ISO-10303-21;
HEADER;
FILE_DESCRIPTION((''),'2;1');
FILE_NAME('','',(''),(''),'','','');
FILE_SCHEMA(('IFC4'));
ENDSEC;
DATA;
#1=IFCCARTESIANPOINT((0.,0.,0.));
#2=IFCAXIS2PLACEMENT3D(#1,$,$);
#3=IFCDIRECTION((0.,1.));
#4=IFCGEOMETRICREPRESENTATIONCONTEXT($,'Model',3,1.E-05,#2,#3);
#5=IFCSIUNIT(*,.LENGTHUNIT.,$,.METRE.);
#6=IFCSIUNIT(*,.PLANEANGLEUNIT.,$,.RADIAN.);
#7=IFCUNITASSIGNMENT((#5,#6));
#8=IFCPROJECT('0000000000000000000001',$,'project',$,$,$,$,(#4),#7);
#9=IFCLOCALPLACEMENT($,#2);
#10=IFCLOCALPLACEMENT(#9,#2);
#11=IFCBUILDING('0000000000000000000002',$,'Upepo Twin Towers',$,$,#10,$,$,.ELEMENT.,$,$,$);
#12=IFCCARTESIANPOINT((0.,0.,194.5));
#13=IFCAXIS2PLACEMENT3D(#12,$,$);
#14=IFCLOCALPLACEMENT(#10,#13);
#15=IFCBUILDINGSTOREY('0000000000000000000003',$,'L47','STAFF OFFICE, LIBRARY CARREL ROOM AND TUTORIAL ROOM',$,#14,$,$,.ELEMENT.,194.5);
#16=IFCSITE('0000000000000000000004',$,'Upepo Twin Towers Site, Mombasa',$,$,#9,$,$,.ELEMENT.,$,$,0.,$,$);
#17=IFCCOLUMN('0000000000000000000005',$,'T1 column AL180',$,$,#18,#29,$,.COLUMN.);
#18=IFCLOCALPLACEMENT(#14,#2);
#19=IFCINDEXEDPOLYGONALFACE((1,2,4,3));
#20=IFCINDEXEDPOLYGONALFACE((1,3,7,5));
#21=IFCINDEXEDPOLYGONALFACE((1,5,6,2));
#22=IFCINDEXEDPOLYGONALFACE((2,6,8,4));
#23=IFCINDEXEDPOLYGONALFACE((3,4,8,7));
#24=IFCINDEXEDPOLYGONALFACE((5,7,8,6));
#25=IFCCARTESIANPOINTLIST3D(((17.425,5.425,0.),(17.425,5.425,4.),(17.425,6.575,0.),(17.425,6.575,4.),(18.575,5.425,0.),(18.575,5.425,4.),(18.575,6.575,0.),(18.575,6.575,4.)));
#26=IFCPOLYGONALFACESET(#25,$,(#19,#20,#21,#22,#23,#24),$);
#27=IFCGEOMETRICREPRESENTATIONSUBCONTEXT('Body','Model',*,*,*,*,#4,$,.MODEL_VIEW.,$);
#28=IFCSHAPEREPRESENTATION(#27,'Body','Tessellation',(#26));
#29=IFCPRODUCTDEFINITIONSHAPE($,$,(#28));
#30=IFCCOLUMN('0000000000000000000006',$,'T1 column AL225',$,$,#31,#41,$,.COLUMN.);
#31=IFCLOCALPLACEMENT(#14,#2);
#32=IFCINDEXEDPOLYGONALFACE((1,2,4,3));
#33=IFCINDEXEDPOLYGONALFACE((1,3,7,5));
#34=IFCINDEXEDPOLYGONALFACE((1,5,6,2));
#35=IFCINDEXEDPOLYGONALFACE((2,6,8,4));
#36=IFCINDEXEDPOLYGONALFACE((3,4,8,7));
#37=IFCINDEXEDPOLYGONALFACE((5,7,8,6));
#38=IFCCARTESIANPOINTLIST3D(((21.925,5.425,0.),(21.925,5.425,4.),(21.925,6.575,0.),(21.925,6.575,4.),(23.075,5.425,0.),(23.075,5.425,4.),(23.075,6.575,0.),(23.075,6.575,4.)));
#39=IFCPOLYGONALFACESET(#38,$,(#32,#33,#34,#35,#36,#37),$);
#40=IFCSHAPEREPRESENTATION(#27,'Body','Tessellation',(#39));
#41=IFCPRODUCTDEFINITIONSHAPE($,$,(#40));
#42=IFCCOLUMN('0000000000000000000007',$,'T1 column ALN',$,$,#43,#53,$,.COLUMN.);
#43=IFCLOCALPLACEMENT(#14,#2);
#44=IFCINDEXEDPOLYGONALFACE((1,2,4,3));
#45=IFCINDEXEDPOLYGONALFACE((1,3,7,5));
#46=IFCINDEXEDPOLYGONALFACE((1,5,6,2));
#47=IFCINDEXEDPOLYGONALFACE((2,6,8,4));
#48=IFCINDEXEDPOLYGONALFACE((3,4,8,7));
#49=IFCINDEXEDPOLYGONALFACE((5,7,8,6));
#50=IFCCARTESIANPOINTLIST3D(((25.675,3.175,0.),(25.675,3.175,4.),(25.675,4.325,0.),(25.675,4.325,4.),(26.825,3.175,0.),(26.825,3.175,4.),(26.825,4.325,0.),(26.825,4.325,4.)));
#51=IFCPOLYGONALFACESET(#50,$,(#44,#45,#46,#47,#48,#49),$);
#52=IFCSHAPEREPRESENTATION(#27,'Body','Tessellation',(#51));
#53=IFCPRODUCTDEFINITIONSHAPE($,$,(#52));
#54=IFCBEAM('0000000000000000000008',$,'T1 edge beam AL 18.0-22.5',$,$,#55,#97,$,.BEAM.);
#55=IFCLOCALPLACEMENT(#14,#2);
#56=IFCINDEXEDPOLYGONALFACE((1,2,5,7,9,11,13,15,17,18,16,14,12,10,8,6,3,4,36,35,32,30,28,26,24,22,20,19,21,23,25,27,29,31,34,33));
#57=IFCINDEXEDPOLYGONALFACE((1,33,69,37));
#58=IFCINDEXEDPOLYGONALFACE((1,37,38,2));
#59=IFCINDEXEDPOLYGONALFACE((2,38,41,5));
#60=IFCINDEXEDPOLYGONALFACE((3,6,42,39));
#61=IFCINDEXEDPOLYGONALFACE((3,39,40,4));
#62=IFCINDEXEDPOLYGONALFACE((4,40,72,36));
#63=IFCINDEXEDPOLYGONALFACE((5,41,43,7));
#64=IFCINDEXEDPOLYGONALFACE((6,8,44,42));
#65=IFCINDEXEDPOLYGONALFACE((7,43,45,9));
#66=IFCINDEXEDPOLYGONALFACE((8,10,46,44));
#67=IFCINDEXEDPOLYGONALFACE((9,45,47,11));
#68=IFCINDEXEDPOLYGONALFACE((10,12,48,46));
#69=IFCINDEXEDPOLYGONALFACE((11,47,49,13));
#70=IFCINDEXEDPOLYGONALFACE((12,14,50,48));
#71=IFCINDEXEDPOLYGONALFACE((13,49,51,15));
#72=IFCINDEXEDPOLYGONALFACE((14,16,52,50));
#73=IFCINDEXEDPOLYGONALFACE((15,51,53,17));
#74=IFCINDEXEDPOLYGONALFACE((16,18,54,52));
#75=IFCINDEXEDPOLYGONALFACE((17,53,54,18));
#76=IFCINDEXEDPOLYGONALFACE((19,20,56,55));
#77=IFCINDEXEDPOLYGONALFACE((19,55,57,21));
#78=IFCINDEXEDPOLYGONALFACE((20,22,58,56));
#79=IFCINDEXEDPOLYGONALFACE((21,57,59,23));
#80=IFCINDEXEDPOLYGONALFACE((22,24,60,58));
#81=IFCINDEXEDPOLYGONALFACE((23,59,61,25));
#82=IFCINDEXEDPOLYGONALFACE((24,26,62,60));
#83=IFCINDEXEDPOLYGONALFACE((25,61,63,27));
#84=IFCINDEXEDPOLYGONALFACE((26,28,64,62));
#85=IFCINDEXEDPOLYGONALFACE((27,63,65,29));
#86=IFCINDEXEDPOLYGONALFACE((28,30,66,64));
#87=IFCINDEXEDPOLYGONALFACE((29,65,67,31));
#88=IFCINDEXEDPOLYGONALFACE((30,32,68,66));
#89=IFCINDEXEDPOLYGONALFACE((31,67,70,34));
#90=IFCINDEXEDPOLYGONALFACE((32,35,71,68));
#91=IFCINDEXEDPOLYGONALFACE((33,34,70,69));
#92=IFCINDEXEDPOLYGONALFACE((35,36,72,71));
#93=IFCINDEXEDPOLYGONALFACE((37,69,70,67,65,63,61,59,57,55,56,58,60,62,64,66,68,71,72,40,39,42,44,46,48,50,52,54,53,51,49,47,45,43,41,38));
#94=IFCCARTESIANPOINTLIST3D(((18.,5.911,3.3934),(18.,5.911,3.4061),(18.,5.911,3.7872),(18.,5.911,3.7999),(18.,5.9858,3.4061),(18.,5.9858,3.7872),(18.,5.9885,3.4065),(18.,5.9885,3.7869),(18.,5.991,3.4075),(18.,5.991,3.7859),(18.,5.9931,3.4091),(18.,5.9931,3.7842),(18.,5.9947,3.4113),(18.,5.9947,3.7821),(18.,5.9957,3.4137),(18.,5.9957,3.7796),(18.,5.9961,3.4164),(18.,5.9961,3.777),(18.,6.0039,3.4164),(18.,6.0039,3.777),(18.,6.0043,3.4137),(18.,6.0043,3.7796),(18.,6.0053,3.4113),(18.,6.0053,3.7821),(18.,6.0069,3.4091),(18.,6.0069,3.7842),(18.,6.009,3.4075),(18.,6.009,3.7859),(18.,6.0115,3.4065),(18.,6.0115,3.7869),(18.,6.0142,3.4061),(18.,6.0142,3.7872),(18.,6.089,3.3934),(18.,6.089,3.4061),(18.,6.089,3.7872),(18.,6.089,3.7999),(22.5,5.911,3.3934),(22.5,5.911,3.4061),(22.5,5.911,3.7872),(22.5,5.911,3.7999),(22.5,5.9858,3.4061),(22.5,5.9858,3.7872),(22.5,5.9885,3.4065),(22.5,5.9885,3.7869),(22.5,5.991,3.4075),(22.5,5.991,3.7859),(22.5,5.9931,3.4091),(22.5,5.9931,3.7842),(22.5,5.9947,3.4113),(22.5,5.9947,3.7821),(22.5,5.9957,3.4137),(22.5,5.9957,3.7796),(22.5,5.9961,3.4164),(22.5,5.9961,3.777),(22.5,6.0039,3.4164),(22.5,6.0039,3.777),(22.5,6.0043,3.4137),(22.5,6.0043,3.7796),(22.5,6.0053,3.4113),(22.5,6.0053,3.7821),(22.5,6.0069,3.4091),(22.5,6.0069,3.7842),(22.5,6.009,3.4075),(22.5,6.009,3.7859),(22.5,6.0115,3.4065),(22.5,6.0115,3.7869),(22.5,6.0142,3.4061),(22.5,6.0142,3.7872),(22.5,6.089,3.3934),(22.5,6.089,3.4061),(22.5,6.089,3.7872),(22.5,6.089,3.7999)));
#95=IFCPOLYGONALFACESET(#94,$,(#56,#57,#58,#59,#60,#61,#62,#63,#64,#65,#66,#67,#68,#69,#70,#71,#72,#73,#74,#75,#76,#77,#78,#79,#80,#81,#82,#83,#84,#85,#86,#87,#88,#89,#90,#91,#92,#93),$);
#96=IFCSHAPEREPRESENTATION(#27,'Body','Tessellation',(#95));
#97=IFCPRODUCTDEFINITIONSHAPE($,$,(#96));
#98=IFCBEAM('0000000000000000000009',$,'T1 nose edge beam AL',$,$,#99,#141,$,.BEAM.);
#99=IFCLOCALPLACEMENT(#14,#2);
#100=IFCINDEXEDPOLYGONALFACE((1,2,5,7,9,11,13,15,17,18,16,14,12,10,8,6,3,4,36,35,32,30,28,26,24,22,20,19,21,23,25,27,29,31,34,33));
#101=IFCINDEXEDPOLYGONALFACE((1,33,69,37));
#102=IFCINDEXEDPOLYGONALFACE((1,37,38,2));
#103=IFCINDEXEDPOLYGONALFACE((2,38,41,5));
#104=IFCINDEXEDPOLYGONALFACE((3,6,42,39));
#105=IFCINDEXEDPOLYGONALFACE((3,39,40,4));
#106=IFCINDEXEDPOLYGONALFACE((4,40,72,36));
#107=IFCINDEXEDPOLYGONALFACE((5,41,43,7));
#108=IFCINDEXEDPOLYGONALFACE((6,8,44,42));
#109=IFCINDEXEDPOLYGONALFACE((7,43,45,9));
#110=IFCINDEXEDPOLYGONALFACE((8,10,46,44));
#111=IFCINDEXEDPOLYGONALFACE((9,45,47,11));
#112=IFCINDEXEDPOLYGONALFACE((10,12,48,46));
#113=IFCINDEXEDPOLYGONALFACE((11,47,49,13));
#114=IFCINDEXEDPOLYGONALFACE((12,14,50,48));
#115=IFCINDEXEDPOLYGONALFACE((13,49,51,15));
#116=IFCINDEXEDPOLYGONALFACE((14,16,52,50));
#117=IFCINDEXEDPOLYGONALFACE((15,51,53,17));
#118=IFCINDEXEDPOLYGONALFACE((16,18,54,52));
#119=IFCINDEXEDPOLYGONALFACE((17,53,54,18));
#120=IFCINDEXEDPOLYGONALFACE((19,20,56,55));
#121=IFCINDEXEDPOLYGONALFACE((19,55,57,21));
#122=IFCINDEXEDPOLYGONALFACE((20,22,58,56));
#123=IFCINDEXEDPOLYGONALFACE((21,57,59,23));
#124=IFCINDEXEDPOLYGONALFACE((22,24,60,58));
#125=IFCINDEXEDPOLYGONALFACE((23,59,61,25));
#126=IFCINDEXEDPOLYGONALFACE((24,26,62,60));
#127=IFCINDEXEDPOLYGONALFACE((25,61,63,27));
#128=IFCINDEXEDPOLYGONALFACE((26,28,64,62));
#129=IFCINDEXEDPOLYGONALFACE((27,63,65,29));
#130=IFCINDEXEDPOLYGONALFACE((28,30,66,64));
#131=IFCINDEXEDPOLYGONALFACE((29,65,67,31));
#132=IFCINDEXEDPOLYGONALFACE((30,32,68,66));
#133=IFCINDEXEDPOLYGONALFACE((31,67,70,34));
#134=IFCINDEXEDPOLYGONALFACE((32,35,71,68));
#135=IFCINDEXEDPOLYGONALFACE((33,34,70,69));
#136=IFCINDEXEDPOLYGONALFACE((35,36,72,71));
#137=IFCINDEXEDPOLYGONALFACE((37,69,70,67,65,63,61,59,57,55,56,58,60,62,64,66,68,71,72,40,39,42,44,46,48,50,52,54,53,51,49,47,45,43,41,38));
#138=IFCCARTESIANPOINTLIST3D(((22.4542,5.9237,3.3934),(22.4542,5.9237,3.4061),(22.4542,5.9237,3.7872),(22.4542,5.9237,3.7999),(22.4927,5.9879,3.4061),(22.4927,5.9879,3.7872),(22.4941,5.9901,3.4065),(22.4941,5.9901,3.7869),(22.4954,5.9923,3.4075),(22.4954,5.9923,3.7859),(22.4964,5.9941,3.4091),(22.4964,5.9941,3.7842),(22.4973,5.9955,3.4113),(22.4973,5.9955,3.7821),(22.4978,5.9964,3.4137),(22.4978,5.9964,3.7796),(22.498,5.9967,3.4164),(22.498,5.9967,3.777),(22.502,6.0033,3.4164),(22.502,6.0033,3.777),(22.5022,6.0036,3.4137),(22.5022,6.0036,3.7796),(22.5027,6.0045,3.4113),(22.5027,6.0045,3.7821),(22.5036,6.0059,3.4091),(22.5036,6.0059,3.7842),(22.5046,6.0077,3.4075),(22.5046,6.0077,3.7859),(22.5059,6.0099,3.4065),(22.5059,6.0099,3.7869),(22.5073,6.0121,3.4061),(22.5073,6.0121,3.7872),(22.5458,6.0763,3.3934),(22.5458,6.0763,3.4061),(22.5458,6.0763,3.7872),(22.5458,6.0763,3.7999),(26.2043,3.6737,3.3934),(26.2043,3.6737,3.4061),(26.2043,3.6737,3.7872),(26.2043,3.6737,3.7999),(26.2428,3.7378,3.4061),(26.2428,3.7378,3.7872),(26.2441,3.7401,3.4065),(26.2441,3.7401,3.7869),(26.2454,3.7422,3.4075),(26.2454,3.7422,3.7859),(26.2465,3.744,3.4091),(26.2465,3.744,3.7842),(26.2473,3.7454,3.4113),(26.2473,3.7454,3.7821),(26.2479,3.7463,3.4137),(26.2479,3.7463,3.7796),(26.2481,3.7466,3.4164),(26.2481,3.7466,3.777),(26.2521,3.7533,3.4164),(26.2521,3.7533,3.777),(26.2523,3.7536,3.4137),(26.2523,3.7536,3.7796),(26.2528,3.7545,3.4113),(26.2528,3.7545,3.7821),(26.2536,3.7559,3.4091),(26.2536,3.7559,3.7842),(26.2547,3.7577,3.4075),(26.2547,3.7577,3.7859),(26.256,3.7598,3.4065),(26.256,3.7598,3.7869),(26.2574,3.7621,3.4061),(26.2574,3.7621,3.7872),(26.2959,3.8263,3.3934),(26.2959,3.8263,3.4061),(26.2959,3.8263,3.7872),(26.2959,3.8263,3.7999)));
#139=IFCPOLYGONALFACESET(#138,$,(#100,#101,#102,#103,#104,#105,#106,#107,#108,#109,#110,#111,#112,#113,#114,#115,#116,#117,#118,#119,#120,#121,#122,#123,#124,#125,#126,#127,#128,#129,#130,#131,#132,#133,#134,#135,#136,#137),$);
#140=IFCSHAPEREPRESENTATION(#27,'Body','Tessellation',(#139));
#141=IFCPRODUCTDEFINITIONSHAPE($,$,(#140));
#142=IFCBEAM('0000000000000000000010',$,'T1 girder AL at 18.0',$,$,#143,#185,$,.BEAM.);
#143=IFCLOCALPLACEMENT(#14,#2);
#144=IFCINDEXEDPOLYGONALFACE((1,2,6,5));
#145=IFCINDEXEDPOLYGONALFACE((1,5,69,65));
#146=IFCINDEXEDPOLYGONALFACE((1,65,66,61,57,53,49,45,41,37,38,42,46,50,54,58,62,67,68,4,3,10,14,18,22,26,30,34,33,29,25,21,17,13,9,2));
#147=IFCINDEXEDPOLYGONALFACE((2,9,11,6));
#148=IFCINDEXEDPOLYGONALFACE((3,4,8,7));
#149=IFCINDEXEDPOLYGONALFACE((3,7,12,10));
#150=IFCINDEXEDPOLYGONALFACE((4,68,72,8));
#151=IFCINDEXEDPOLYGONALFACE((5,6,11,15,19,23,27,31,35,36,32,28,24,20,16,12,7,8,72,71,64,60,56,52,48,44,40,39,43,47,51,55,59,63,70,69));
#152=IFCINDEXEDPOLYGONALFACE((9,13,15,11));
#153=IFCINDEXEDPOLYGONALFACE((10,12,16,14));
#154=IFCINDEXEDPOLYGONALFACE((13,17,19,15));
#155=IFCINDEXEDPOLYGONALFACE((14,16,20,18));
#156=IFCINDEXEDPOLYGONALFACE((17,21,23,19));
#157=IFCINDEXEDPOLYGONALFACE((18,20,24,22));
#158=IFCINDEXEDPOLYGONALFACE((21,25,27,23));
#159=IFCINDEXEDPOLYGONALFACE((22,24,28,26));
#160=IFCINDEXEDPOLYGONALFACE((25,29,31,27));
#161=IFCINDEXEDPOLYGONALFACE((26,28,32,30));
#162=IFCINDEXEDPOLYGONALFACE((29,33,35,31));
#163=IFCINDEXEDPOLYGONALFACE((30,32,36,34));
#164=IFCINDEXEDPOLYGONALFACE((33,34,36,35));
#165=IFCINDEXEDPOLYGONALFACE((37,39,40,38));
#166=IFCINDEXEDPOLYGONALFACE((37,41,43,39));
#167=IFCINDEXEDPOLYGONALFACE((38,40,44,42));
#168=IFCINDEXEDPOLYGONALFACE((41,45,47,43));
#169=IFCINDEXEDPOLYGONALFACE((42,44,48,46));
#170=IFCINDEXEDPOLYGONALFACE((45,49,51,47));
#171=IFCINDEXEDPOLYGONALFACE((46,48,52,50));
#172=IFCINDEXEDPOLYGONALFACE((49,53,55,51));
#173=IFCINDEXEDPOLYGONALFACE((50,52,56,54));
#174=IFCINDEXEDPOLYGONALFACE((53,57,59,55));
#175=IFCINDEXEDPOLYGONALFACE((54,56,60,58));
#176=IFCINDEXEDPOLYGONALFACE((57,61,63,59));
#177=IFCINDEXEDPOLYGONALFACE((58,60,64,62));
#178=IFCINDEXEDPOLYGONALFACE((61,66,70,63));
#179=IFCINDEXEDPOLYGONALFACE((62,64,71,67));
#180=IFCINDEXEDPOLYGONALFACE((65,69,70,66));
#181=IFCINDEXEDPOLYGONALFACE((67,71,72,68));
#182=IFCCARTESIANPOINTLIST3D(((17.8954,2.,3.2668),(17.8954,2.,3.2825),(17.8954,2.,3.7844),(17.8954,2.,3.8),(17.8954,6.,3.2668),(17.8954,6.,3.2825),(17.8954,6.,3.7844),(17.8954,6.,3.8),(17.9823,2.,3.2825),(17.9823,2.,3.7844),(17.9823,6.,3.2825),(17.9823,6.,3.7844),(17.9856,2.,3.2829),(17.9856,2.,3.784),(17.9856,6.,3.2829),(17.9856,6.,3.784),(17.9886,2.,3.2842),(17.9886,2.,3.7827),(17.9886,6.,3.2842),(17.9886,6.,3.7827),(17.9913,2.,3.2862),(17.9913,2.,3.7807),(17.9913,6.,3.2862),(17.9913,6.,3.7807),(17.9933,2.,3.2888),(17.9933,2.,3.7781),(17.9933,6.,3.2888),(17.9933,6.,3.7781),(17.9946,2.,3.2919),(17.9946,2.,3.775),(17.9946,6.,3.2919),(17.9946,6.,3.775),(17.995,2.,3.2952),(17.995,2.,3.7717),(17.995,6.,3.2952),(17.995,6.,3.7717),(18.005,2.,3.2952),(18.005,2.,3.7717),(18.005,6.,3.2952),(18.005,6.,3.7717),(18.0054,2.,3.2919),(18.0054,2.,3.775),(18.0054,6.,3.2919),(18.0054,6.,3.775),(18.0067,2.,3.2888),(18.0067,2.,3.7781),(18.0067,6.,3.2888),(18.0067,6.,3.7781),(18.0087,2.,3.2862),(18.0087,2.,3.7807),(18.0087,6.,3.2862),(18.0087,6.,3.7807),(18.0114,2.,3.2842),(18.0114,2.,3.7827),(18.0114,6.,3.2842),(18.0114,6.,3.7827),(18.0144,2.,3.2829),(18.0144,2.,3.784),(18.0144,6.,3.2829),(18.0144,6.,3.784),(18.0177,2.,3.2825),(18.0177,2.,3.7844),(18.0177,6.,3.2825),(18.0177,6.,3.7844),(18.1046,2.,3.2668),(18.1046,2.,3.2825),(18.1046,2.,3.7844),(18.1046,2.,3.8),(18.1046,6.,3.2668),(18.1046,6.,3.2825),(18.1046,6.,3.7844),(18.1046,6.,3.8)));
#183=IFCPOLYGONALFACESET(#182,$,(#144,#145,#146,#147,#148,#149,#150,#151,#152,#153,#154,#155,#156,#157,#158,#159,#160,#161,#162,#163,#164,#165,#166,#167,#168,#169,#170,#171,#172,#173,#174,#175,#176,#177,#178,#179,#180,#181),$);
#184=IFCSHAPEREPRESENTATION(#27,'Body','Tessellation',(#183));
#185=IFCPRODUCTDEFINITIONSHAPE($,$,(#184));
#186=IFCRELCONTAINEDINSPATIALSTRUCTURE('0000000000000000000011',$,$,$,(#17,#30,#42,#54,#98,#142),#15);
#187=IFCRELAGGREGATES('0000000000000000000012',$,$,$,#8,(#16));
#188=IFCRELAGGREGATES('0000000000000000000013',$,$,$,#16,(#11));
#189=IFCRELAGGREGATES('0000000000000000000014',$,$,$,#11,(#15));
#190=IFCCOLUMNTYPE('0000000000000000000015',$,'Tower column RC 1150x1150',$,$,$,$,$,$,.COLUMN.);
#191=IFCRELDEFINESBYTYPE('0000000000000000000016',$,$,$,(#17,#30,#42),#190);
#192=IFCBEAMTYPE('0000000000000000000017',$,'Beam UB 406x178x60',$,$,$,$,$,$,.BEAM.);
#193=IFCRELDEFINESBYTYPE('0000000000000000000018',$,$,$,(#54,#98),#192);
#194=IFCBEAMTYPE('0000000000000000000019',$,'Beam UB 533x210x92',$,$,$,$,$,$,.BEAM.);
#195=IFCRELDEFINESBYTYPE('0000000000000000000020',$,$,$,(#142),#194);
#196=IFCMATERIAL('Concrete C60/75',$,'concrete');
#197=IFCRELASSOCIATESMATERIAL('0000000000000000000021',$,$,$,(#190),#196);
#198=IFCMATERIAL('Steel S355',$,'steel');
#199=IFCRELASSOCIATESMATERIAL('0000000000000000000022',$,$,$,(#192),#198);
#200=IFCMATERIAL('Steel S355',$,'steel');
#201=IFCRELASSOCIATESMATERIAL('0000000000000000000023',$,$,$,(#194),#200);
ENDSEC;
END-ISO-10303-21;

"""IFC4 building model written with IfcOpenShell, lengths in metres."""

from ifc_helpers import new_model, si_unit, direction, frame, origin, origin_2d, place, context, subcontext, project, spatial, rectangle, i_section, extrude, material, material_profile, profile_set, type_object, element, save


model = new_model("IFC4")

# Units and contexts
model_context = context("Model", 3, precision=1e-05, world=origin(), true_north=direction((0.0, 1.0)))
body_context = subcontext(model_context, "Body", "Model", "MODEL_VIEW")
ifc_project = project(units=[si_unit("LENGTHUNIT", "METRE"), si_unit("PLANEANGLEUNIT", "RADIAN")], contexts=[model_context])

# Site, building, storey
site_placement = place(None, origin())
site = spatial("IfcSite", under=ifc_project, at=site_placement, Name="Upepo Twin Towers Site, Mombasa", CompositionType="ELEMENT", RefElevation=0.0)
building_placement = place(site_placement, origin())
building = spatial("IfcBuilding", under=site, at=building_placement, Name="Upepo Twin Towers", CompositionType="ELEMENT")
storey_placement = place(building_placement, frame((0.0, 0.0, 194.5)))
storey = spatial("IfcBuildingStorey", under=building, at=storey_placement, Name="L47", Description="STAFF OFFICE, LIBRARY CARREL ROOM AND TUTORIAL ROOM", CompositionType="ELEMENT", Elevation=194.5)

# Columns
ifc_material_1 = material(Name="Concrete C60/75", Category="concrete")
ifc_material_profile_1 = material_profile(ifc_material_1, rectangle(XDim=1.1499, YDim=1.1499, at=origin_2d()), Name="RC 1150x1150")
ifc_profile_set_1 = profile_set([ifc_material_profile_1], Name="Concrete C60/75")
column_type = type_object("IfcColumnType", Name="Tower column RC 1150x1150", PredefinedType="COLUMN", material=ifc_profile_set_1)
for number, where, z_axis, x_axis, name in (
    (1, (18.0, 6.0, 0.0), (0.0, 0.0, 1.0), (1.0, 0.0, 0.0), "T1 column AL180"),
    (2, (22.5, 6.0, 0.0), (0.0, 0.0, 1.0), (1.0, 0.0, 0.0), "T1 column AL225"),
    (3, (26.25, 3.75, 0.0), (0.0, 0.0, 1.0), (1.0, 0.0, 0.0), "T1 column ALN"),
):
    element("IfcColumn", number, at=place(storey_placement, frame(where, z_axis=z_axis, x_axis=x_axis)), inside=storey, type_object=column_type, Name=name, PredefinedType="COLUMN", context=body_context, shape_type="SweptSolid", body=[
        extrude(rectangle(XDim=1.1499, YDim=1.1499, at=origin_2d()), origin(), (0.0, 0.0, 1.0), 4.0),
    ])

# Beams
ifc_material_2 = material(Name="Steel S355", Category="steel")
ifc_material_profile_2 = material_profile(ifc_material_2, i_section(OverallWidth=0.178, OverallDepth=0.4065, WebThickness=0.0078, FlangeThickness=0.0127, FilletRadius=0.0103, at=origin_2d()), Name="UB 406x178x60")
ifc_profile_set_2 = profile_set([ifc_material_profile_2], Name="Steel S355")
beam_type_1 = type_object("IfcBeamType", Name="Beam UB 406x178x60", PredefinedType="BEAM", material=ifc_profile_set_2)
beam_1_placement = place(storey_placement, frame((18.0, 6.0, 3.5967), z_axis=(1.0, 0.0, 0.0), x_axis=(0.0, 1.0, 0.0)))
element("IfcBeam", 4, at=beam_1_placement, inside=storey, type_object=beam_type_1, Name="T1 edge beam AL 18.0-22.5", PredefinedType="BEAM", context=body_context, shape_type="SweptSolid", body=[
    extrude(i_section(OverallWidth=0.178, OverallDepth=0.4065, WebThickness=0.0078, FlangeThickness=0.0127, FilletRadius=0.0103, at=origin_2d()), origin(), (0.0, 0.0, 1.0), 4.5),
])
beam_2_placement = place(storey_placement, frame((22.5, 6.0, 3.5967), z_axis=(0.857493, -0.514496, 0.0), x_axis=(0.514496, 0.857493, 0.0)))
element("IfcBeam", 5, at=beam_2_placement, inside=storey, type_object=beam_type_1, Name="T1 nose edge beam AL", PredefinedType="BEAM", context=body_context, shape_type="SweptSolid", body=[
    extrude(i_section(OverallWidth=0.178, OverallDepth=0.4065, WebThickness=0.0078, FlangeThickness=0.0127, FilletRadius=0.0103, at=origin_2d()), origin(), (0.0, 0.0, 1.0), 4.3733),
])
ifc_material_3 = material(Name="Steel S355", Category="steel")
ifc_material_profile_3 = material_profile(ifc_material_3, i_section(OverallWidth=0.2092, OverallDepth=0.5332, WebThickness=0.01, FlangeThickness=0.0156, FilletRadius=0.0127, at=origin_2d()), Name="UB 533x210x92")
ifc_profile_set_3 = profile_set([ifc_material_profile_3], Name="Steel S355")
beam_type_2 = type_object("IfcBeamType", Name="Beam UB 533x210x92", PredefinedType="BEAM", material=ifc_profile_set_3)
for number, where, z_axis, x_axis, name in (
    (6, (18.0, 6.0, 3.5334), (0.0, -1.0, 0.0), (1.0, 0.0, 0.0), "T1 girder AL at 18.0"),
):
    element("IfcBeam", number, at=place(storey_placement, frame(where, z_axis=z_axis, x_axis=x_axis)), inside=storey, type_object=beam_type_2, Name=name, PredefinedType="BEAM", context=body_context, shape_type="SweptSolid", body=[
        extrude(i_section(OverallWidth=0.2092, OverallDepth=0.5332, WebThickness=0.01, FlangeThickness=0.0156, FilletRadius=0.0127, at=origin_2d()), origin(), (0.0, 0.0, 1.0), 4.0),
    ])

save(model, "model.ifc")
